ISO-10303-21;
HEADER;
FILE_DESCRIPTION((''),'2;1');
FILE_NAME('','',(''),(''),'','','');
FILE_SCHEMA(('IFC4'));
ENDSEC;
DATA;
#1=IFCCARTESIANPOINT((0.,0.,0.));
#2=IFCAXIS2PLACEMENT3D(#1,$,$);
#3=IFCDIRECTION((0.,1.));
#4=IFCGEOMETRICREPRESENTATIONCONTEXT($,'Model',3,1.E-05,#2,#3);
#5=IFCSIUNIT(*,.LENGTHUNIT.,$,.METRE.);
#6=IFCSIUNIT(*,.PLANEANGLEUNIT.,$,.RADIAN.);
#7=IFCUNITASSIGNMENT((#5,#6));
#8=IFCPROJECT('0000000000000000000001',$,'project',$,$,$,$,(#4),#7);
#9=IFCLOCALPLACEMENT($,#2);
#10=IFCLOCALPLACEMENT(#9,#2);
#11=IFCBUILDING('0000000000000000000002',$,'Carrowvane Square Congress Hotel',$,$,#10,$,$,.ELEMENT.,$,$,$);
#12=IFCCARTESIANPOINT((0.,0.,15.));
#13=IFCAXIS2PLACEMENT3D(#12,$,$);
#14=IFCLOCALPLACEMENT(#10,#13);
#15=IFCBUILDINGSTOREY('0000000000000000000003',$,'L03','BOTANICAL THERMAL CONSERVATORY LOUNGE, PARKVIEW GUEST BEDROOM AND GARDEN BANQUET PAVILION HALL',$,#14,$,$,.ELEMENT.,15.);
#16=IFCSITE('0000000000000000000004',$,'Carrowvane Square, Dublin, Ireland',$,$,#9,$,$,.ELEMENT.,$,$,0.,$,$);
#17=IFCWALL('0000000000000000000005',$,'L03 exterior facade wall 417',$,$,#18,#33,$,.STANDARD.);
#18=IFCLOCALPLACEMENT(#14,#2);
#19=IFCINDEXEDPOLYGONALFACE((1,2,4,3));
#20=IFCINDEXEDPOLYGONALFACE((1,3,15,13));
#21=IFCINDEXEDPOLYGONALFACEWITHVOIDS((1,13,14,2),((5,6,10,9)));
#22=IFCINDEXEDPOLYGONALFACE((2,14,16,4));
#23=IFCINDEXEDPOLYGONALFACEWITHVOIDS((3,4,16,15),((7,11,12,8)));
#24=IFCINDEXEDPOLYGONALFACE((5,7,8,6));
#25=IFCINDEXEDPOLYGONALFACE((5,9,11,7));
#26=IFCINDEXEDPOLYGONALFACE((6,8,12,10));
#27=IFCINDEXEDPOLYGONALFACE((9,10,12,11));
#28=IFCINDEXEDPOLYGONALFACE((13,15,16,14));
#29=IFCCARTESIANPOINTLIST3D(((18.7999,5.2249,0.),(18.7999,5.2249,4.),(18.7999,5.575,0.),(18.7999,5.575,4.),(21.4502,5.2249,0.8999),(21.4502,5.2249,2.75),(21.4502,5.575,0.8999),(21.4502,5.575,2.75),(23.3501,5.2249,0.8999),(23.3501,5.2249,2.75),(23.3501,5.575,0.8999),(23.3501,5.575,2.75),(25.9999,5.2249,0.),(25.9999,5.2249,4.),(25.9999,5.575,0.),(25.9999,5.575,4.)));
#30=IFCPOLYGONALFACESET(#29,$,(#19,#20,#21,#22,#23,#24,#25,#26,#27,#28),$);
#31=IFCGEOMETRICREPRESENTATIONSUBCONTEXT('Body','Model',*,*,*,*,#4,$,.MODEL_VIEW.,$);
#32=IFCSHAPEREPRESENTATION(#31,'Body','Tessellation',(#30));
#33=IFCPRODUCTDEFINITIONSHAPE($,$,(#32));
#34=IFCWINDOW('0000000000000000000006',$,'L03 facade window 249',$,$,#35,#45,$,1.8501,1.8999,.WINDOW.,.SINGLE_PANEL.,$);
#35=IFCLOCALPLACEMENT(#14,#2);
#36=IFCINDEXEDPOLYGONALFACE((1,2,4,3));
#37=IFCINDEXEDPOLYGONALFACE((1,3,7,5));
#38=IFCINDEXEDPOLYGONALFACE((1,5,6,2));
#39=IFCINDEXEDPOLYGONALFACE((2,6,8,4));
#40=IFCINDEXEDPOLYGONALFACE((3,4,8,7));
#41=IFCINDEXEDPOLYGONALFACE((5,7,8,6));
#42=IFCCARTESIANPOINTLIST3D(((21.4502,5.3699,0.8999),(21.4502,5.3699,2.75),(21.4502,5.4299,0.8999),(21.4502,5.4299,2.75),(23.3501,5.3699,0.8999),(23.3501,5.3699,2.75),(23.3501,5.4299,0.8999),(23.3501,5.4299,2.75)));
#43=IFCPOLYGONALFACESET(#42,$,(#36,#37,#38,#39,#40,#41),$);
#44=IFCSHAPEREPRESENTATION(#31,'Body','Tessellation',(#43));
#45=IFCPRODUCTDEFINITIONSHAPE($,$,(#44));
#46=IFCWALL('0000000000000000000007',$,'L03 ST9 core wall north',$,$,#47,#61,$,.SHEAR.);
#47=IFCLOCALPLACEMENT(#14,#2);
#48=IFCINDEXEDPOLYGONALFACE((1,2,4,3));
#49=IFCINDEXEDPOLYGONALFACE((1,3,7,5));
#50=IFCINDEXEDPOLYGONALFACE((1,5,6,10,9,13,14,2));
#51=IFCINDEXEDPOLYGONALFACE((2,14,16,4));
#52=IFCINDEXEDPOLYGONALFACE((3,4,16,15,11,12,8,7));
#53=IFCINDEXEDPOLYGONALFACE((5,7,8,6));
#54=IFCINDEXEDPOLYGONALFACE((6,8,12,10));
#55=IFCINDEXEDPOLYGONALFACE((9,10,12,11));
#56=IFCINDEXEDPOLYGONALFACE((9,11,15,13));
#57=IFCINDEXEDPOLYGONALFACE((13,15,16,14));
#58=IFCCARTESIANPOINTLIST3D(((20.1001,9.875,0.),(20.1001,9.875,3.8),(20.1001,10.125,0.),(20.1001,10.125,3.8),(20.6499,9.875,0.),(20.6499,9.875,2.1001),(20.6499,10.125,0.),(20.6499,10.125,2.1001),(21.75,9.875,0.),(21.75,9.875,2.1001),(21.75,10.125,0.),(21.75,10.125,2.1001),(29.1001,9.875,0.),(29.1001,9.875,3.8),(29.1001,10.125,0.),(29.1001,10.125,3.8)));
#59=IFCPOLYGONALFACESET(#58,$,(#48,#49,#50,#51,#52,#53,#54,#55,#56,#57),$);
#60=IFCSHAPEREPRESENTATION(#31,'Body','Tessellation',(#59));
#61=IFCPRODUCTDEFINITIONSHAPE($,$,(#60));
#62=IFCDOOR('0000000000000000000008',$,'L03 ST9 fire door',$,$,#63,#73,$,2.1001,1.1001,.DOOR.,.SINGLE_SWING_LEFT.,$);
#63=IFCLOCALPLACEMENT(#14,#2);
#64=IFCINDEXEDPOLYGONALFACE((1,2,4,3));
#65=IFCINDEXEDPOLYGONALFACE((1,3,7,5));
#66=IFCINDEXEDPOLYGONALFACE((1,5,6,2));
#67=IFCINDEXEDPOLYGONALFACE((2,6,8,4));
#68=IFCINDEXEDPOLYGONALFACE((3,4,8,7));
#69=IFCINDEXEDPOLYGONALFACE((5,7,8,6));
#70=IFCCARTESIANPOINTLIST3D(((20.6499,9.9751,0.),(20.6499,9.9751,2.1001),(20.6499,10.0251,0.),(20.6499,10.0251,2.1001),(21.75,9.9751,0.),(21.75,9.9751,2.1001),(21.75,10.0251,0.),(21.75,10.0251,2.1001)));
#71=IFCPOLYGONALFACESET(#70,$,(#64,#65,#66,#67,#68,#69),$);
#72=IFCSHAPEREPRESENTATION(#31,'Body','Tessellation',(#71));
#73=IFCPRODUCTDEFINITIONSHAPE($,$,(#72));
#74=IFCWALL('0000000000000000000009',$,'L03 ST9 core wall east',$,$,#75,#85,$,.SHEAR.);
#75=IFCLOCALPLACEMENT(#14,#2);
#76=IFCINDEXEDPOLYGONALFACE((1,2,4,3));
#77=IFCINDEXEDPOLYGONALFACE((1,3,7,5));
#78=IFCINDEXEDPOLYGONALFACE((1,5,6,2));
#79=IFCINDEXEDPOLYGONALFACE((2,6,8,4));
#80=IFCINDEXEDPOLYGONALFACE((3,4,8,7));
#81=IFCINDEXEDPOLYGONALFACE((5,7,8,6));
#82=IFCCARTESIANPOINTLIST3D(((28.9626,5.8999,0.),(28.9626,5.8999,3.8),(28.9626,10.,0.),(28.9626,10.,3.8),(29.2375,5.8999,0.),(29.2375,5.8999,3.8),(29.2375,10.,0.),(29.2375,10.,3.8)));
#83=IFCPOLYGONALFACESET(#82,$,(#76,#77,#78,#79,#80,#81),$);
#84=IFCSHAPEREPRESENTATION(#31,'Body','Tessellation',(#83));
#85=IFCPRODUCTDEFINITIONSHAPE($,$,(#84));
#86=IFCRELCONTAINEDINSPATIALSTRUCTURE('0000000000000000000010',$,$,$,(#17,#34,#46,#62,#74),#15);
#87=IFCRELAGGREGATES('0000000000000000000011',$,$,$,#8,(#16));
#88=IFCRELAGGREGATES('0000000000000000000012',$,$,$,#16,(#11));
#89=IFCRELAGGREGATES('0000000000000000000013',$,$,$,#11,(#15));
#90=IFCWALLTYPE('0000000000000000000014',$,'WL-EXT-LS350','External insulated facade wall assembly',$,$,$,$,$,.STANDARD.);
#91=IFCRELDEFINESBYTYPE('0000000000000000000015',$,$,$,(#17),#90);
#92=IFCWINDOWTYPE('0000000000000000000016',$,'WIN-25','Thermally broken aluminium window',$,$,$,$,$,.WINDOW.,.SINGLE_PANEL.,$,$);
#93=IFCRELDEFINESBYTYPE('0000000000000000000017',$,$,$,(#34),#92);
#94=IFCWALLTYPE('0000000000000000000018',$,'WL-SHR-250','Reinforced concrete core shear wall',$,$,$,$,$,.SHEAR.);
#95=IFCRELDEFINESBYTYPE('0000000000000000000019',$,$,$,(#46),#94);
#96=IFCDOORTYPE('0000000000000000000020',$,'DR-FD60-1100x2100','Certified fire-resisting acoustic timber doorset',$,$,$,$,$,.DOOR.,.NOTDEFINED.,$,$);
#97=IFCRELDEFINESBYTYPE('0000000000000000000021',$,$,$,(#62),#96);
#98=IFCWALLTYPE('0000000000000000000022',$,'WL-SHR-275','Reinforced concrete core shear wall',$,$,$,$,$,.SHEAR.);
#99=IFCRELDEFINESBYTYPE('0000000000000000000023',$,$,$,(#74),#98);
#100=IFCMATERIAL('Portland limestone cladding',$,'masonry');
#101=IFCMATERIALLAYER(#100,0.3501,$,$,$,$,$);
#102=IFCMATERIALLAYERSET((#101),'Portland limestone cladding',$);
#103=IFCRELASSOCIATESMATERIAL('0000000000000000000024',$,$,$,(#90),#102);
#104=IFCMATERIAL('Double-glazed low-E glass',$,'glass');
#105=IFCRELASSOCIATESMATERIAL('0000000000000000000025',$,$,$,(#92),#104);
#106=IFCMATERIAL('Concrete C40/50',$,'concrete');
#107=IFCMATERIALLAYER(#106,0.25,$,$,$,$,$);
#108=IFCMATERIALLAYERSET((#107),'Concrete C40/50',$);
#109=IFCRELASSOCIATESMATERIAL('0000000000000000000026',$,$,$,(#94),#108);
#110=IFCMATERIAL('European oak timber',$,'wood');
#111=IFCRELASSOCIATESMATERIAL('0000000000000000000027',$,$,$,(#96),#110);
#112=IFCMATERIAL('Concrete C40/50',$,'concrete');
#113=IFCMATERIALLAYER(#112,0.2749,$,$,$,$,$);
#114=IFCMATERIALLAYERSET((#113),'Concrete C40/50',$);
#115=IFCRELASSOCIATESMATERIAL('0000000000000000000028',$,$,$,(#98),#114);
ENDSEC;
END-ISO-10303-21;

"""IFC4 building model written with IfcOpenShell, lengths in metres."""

from ifc_helpers import new_model, si_unit, direction, frame, frame_2d, origin, place, context, subcontext, project, spatial, rectangle, extrude, material, layer, layer_set, type_object, element, fill, save


model = new_model("IFC4")

# Units and contexts
model_context = context("Model", 3, precision=1e-05, world=origin(), true_north=direction((0.0, 1.0)))
body_context = subcontext(model_context, "Body", "Model", "MODEL_VIEW")
ifc_project = project(units=[si_unit("LENGTHUNIT", "METRE"), si_unit("PLANEANGLEUNIT", "RADIAN")], contexts=[model_context])

# Site, building, storey
site_placement = place(None, origin())
site = spatial("IfcSite", under=ifc_project, at=site_placement, Name="Carrowvane Square, Dublin, Ireland", CompositionType="ELEMENT", RefElevation=0.0)
building_placement = place(site_placement, origin())
building = spatial("IfcBuilding", under=site, at=building_placement, Name="Carrowvane Square Congress Hotel", CompositionType="ELEMENT")
storey_placement = place(building_placement, frame((0.0, 0.0, 15.0)))
storey = spatial("IfcBuildingStorey", under=building, at=storey_placement, Name="L03", Description="BOTANICAL THERMAL CONSERVATORY LOUNGE, PARKVIEW GUEST BEDROOM AND GARDEN BANQUET PAVILION HALL", CompositionType="ELEMENT", Elevation=15.0)

# Wall, opening, window
ifc_material_1 = material(Name="Portland limestone cladding", Category="masonry")
ifc_layer_1 = layer(ifc_material_1, 0.3501)
ifc_layer_set_1 = layer_set([ifc_layer_1], Name="Portland limestone cladding")
wall_type_1 = type_object("IfcWallType", Name="WL-EXT-LS350", Description="External insulated facade wall assembly", PredefinedType="STANDARD", material=ifc_layer_set_1)
wall_1_placement = place(storey_placement, frame((26.0, 5.3999, 0.0), z_axis=(0.0, 0.0, 1.0), x_axis=(-1.0, 0.0, 0.0)))
wall_1 = element("IfcWall", 1, at=wall_1_placement, inside=storey, type_object=wall_type_1, Name="L03 exterior facade wall 417", PredefinedType="STANDARD", context=body_context, shape_type="SweptSolid", body=[
    extrude(rectangle(XDim=7.2, YDim=0.3501, at=frame_2d((3.6001, 0.0))), origin(), (0.0, 0.0, 1.0), 4.0),
])
opening_1_placement = place(wall_1_placement, frame((2.6499, 0.0, 0.8999)))
opening_1 = element("IfcOpeningElement", 2, at=opening_1_placement, cuts=wall_1, PredefinedType="OPENING", context=body_context, shape_type="SweptSolid", body=[
    extrude(rectangle(XDim=1.8999, YDim=1.8501, at=frame_2d((0.95, 0.925))), frame((0.0, 0.1851, 0.0), z_axis=(0.0, -1.0, 0.0), x_axis=(1.0, 0.0, 0.0)), (0.0, 0.0, 1.0), 0.3701),
])
ifc_material_2 = material(Name="Double-glazed low-E glass", Category="glass")
window_type_1 = type_object("IfcWindowType", Name="WIN-25", Description="Thermally broken aluminium window", PartitioningType="SINGLE_PANEL", PredefinedType="WINDOW", material=ifc_material_2)
window_1_placement = place(opening_1_placement, origin())
window_1 = element("IfcWindow", 3, at=window_1_placement, inside=storey, type_object=window_type_1, Name="L03 facade window 249", OverallHeight=1.8501, OverallWidth=1.8999, PartitioningType="SINGLE_PANEL", PredefinedType="WINDOW", context=body_context, shape_type="SweptSolid", body=[
    extrude(rectangle(XDim=1.8999, YDim=1.8501, at=frame_2d((0.95, 0.925))), frame((0.0, 0.03, 0.0), z_axis=(0.0, -1.0, 0.0), x_axis=(1.0, 0.0, 0.0)), (0.0, 0.0, 1.0), 0.0601),
])
fill(opening_1, window_1)

# Wall, opening, door
ifc_material_3 = material(Name="Concrete C40/50", Category="concrete")
ifc_layer_2 = layer(ifc_material_3, 0.25)
ifc_layer_set_2 = layer_set([ifc_layer_2], Name="Concrete C40/50")
wall_type_2 = type_object("IfcWallType", Name="WL-SHR-250", Description="Reinforced concrete core shear wall", PredefinedType="SHEAR", material=ifc_layer_set_2)
wall_2_placement = place(storey_placement, frame((29.1001, 10.0, 0.0), z_axis=(0.0, 0.0, 1.0), x_axis=(-1.0, 0.0, 0.0)))
wall_2 = element("IfcWall", 4, at=wall_2_placement, inside=storey, type_object=wall_type_2, Name="L03 ST9 core wall north", PredefinedType="SHEAR", context=body_context, shape_type="SweptSolid", body=[
    extrude(rectangle(XDim=9.0, YDim=0.25, at=frame_2d((4.5, 0.0))), origin(), (0.0, 0.0, 1.0), 3.8),
])
opening_2_placement = place(wall_2_placement, frame((7.3501, 0.0, 0.0)))
opening_2 = element("IfcOpeningElement", 5, at=opening_2_placement, cuts=wall_2, PredefinedType="OPENING", context=body_context, shape_type="SweptSolid", body=[
    extrude(rectangle(XDim=1.1001, YDim=2.1001, at=frame_2d((0.55, 1.05))), frame((0.0, 0.135, 0.0), z_axis=(0.0, -1.0, 0.0), x_axis=(1.0, 0.0, 0.0)), (0.0, 0.0, 1.0), 0.27),
])
ifc_material_4 = material(Name="European oak timber", Category="wood")
door_type = type_object("IfcDoorType", Name="DR-FD60-1100x2100", Description="Certified fire-resisting acoustic timber doorset", OperationType="NOTDEFINED", PredefinedType="DOOR", material=ifc_material_4)
door_placement = place(opening_2_placement, origin())
door = element("IfcDoor", 6, at=door_placement, inside=storey, type_object=door_type, Name="L03 ST9 fire door", OperationType="SINGLE_SWING_LEFT", OverallHeight=2.1001, OverallWidth=1.1001, PredefinedType="DOOR", context=body_context, shape_type="SweptSolid", body=[
    extrude(rectangle(XDim=1.1001, YDim=2.1001, at=frame_2d((0.55, 1.05))), frame((0.0, 0.0249, 0.0), z_axis=(0.0, -1.0, 0.0), x_axis=(1.0, 0.0, 0.0)), (0.0, 0.0, 1.0), 0.05),
])
fill(opening_2, door)

# Wall
ifc_material_5 = material(Name="Concrete C40/50", Category="concrete")
ifc_layer_3 = layer(ifc_material_5, 0.2749)
ifc_layer_set_3 = layer_set([ifc_layer_3], Name="Concrete C40/50")
wall_type_3 = type_object("IfcWallType", Name="WL-SHR-275", Description="Reinforced concrete core shear wall", PredefinedType="SHEAR", material=ifc_layer_set_3)
wall_3_placement = place(storey_placement, frame((29.1001, 5.8999, 0.0), z_axis=(0.0, 0.0, 1.0), x_axis=(0.0, 1.0, 0.0)))
element("IfcWall", 7, at=wall_3_placement, inside=storey, type_object=wall_type_3, Name="L03 ST9 core wall east", PredefinedType="SHEAR", context=body_context, shape_type="SweptSolid", body=[
    extrude(rectangle(XDim=4.1001, YDim=0.2749, at=frame_2d((2.05, 0.0))), origin(), (0.0, 0.0, 1.0), 3.8),
])

save(model, "model.ifc")
